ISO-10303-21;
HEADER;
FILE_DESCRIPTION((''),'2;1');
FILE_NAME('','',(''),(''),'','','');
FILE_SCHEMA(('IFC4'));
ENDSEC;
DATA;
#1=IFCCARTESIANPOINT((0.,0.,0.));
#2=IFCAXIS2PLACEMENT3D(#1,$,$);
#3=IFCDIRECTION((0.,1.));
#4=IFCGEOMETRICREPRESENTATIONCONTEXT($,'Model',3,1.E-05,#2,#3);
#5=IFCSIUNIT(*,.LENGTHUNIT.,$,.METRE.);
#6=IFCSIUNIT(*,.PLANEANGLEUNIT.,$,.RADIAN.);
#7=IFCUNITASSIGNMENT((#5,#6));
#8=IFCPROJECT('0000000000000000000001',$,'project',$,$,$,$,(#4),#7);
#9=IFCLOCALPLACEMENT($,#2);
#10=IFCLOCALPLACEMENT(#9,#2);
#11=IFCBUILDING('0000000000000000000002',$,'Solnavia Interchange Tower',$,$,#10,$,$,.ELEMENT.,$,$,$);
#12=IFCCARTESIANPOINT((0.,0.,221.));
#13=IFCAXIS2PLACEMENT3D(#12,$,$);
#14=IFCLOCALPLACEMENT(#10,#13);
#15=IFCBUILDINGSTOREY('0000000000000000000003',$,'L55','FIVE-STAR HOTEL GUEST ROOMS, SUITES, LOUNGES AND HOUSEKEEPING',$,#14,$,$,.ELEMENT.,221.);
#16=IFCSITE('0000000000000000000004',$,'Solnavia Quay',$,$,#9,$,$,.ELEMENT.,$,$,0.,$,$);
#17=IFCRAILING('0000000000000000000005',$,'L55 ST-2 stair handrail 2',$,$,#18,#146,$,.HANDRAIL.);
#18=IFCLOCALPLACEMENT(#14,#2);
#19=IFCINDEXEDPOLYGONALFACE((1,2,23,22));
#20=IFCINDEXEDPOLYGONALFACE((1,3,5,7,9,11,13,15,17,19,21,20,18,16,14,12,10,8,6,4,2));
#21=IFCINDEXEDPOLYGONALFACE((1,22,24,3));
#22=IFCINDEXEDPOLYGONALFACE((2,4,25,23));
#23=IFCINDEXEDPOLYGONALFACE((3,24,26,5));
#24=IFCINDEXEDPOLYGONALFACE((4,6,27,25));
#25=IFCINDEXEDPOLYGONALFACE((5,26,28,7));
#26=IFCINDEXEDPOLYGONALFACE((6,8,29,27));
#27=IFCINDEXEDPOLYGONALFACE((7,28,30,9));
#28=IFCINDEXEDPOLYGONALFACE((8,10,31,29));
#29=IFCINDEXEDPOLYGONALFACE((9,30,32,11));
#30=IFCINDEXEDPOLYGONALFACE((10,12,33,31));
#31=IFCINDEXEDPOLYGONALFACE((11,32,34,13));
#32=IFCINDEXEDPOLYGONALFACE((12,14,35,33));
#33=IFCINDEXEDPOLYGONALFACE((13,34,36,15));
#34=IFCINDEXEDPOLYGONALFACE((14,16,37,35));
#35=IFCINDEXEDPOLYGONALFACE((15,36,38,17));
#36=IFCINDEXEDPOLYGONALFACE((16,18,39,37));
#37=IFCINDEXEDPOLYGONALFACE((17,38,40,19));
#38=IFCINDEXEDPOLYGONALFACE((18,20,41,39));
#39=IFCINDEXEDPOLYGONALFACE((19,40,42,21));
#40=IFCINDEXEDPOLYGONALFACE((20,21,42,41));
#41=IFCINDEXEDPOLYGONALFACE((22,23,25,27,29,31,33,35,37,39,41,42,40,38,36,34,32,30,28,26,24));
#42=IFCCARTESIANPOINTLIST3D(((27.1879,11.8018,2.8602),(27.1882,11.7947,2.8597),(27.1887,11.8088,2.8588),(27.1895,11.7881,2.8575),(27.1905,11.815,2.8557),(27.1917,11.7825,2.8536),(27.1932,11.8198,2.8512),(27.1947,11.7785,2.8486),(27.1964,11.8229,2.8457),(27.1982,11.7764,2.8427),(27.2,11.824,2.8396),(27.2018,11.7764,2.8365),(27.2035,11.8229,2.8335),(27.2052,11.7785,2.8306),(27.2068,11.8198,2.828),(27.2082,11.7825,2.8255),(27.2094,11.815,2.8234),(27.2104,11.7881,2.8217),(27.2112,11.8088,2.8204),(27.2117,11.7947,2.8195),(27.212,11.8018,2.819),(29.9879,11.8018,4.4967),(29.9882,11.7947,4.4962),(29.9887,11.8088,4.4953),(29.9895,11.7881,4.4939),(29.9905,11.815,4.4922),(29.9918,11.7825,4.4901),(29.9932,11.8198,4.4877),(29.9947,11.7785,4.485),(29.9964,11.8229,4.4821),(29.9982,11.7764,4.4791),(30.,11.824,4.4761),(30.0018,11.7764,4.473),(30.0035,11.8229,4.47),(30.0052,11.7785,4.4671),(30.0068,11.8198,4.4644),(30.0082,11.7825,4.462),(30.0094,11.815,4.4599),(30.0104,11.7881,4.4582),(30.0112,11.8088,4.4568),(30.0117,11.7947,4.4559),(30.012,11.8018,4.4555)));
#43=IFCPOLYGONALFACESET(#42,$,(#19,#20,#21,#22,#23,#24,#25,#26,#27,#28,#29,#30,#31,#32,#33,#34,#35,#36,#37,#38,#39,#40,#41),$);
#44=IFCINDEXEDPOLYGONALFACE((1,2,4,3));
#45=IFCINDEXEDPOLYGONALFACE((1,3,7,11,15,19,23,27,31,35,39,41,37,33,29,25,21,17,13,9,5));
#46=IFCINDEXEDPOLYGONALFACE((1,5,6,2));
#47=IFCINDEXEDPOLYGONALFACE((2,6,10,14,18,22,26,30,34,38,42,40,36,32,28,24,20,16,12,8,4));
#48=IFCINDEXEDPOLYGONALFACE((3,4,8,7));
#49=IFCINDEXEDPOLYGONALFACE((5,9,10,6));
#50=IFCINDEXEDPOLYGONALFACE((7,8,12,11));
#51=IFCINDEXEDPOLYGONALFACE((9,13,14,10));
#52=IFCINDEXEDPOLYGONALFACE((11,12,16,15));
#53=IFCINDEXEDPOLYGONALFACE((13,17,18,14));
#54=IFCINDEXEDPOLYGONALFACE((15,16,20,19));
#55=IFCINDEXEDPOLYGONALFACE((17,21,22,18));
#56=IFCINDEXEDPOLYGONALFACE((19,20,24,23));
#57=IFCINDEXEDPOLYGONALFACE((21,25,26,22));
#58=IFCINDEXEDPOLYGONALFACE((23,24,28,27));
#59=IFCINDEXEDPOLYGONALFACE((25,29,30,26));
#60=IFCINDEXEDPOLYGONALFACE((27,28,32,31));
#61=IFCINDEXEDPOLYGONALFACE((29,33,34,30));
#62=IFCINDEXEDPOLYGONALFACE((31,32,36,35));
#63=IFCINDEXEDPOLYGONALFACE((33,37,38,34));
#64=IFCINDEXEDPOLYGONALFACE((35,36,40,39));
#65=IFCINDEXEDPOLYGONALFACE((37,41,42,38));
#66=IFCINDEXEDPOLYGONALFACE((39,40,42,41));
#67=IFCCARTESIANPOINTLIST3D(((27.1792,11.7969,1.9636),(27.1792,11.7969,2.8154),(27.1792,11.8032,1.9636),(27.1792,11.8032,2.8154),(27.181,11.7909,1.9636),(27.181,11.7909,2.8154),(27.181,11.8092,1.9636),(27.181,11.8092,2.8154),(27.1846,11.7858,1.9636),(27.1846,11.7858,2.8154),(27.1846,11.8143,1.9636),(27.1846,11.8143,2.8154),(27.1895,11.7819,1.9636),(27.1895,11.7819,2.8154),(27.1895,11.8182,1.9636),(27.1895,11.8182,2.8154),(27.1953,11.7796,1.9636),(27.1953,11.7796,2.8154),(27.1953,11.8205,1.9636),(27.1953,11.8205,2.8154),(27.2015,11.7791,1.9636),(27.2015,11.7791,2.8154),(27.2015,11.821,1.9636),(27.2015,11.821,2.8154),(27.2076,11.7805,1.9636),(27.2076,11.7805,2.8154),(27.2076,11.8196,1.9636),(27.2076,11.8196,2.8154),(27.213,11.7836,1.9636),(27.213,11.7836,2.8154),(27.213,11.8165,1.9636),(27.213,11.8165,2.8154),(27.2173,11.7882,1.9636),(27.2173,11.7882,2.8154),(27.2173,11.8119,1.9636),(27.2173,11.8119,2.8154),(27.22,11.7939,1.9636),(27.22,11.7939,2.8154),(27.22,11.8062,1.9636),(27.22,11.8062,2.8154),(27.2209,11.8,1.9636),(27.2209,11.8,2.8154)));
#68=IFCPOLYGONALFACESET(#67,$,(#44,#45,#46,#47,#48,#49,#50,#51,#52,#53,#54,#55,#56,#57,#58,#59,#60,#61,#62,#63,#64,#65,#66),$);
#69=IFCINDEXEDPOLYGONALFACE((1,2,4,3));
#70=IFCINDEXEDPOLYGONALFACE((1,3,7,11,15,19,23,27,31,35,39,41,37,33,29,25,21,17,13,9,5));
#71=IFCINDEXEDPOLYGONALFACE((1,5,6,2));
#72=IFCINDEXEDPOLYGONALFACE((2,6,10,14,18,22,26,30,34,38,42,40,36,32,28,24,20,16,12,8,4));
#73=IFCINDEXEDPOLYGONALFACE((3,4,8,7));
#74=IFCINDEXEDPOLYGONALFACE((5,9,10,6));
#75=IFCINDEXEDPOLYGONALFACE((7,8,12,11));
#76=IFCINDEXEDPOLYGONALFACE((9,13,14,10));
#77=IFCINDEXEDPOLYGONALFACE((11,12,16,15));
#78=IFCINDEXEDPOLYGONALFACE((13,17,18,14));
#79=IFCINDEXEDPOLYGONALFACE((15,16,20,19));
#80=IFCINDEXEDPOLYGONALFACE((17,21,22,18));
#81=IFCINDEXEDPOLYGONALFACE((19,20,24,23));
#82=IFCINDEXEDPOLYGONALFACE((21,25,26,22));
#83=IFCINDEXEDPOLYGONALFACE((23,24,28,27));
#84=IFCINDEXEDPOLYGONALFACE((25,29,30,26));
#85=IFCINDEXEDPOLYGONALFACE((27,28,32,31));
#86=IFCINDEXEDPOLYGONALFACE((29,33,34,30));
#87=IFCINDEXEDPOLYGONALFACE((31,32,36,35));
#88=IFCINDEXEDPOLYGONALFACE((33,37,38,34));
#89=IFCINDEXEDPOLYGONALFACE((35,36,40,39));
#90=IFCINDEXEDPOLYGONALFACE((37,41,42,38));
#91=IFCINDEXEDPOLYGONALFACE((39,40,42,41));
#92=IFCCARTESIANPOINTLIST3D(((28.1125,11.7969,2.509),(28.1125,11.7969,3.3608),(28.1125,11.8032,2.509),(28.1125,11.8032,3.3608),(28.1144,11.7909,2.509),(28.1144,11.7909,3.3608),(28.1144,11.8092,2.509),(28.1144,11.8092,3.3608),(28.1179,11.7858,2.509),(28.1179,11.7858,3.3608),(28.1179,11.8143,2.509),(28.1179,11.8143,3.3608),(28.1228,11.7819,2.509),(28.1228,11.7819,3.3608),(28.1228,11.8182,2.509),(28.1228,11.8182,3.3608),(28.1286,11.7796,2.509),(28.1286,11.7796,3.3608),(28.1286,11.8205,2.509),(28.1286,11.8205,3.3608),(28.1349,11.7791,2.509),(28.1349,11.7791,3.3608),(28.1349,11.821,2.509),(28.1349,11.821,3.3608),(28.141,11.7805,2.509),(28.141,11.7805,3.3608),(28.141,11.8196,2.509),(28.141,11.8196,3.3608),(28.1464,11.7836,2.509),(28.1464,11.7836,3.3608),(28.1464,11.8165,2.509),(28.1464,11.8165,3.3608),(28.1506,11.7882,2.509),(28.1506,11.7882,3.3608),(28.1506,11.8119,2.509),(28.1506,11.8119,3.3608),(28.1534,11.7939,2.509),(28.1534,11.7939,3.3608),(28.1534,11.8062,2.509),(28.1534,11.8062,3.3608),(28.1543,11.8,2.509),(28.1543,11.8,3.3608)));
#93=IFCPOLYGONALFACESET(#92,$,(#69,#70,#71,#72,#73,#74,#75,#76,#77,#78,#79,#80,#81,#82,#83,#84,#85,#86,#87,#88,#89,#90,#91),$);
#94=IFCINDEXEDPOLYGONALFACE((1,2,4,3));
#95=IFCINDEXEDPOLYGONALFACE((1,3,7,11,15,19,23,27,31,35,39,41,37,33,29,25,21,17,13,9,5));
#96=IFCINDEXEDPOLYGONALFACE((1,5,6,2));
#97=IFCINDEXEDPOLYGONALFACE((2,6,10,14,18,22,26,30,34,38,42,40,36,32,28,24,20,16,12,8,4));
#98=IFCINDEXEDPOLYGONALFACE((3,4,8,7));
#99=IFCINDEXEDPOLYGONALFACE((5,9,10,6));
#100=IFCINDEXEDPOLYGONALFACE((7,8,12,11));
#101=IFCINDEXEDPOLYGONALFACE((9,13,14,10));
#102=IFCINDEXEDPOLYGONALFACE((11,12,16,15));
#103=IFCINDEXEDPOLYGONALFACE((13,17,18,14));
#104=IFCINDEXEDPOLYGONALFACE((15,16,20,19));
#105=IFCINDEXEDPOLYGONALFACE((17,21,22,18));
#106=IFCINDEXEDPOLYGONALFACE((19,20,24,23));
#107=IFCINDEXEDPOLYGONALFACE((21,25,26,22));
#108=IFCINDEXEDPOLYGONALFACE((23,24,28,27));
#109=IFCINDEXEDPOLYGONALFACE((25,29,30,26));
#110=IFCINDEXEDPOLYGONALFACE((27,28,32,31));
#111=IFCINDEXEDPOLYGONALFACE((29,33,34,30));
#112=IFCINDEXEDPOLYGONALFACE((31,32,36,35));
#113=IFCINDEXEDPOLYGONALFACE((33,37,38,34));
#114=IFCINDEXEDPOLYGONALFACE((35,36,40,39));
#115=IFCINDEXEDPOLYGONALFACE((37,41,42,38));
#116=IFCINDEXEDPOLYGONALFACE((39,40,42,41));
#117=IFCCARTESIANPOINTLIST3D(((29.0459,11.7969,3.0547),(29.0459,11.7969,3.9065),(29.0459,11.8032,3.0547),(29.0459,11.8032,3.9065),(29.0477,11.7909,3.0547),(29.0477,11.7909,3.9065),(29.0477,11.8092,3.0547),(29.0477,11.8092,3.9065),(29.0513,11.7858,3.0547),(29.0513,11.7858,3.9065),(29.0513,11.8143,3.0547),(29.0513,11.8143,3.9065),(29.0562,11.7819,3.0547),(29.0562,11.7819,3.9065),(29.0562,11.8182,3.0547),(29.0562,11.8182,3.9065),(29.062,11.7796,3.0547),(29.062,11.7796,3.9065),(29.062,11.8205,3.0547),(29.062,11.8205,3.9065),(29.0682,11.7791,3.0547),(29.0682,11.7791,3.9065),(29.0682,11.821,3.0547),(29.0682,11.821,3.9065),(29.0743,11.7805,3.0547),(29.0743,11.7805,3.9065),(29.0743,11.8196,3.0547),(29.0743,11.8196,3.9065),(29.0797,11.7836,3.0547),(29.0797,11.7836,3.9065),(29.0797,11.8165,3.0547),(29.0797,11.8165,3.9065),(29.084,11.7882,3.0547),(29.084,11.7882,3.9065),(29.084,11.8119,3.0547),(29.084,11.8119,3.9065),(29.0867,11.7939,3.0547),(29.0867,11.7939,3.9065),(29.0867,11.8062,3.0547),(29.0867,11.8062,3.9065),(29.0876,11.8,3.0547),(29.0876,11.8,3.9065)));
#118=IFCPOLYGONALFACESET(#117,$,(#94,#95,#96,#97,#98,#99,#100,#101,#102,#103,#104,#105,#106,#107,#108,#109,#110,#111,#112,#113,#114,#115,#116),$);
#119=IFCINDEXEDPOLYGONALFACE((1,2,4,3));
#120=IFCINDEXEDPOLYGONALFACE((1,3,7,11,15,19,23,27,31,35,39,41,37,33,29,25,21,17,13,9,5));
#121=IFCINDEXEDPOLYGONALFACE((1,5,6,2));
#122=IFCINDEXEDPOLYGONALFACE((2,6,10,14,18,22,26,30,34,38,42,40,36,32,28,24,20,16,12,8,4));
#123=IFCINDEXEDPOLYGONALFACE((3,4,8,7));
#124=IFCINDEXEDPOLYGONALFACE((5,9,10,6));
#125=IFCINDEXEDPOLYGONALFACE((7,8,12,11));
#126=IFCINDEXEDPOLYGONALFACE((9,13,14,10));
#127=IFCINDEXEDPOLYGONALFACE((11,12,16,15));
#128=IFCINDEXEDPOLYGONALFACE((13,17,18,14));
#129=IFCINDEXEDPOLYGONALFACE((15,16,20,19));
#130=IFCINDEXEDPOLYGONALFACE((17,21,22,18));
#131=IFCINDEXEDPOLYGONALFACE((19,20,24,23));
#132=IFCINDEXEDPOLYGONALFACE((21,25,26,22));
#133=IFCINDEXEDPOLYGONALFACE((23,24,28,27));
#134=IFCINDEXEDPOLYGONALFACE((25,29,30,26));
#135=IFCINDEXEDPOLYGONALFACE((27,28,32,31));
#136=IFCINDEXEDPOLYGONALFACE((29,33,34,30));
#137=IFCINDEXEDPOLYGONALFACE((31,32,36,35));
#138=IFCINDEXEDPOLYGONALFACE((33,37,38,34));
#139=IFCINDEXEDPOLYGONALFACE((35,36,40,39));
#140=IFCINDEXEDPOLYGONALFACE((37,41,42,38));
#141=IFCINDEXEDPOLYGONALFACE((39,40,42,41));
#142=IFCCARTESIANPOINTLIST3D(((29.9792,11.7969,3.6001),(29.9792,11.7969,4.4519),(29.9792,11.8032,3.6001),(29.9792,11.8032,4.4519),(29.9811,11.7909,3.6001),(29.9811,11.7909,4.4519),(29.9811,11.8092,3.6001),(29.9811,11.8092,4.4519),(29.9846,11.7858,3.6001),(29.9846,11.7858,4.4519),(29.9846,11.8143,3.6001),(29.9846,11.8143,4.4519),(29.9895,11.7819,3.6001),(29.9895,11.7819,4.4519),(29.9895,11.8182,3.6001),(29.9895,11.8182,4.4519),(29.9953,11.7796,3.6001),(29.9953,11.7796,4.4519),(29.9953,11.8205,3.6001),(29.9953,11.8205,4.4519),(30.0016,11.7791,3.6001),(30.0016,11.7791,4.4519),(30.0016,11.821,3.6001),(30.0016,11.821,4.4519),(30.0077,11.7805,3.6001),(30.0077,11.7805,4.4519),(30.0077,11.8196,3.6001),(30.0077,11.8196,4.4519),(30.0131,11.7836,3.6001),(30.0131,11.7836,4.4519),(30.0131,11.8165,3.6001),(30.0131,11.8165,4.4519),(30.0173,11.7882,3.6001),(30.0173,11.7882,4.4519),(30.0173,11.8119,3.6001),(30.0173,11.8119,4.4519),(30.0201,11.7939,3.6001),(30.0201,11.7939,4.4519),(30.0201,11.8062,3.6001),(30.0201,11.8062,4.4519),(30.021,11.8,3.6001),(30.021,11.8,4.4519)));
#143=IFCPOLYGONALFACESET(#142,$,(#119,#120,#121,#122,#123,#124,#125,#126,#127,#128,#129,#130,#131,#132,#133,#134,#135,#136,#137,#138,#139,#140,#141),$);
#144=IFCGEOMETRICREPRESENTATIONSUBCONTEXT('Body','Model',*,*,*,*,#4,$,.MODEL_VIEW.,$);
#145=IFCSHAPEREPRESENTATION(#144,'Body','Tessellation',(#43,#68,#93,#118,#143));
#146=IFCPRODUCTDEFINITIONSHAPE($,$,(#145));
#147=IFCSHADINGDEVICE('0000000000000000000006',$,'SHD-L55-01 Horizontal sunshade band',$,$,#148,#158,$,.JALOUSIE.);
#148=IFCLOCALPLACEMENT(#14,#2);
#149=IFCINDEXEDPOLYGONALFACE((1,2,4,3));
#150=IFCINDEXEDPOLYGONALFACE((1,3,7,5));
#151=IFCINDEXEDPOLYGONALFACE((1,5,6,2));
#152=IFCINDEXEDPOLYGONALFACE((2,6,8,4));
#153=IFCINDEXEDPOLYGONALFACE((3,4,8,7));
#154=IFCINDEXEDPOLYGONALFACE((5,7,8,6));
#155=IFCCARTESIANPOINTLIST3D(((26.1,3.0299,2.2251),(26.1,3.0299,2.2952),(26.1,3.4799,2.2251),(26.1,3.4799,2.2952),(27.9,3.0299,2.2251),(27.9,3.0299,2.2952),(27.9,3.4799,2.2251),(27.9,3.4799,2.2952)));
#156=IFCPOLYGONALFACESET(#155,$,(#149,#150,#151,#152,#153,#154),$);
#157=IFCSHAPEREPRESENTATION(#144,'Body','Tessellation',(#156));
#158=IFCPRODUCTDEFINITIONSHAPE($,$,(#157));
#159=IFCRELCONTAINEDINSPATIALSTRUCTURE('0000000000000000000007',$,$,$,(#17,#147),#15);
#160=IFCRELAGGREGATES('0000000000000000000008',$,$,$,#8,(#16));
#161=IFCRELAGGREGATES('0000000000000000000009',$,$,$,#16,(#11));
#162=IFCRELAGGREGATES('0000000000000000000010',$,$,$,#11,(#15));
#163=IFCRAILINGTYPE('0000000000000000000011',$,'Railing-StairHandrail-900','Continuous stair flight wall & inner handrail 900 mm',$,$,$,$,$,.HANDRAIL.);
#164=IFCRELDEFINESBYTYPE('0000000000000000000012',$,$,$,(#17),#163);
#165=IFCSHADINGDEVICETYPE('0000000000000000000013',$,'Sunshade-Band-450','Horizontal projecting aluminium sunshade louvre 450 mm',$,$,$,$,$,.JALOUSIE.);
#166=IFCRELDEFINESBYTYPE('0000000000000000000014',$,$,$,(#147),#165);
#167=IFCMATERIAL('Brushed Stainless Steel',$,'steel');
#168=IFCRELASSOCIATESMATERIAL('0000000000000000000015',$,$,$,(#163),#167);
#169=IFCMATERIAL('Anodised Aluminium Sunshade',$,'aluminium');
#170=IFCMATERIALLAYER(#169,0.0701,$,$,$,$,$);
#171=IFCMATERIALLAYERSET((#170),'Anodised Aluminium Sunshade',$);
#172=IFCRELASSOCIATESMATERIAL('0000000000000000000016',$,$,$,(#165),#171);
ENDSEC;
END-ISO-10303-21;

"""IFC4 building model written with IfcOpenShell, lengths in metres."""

from ifc_helpers import new_model, si_unit, direction, frame, origin, origin_2d, place, context, subcontext, project, spatial, rectangle, circle, extrude, material, layer, layer_set, type_object, element, save


model = new_model("IFC4")

# Units and contexts
model_context = context("Model", 3, precision=1e-05, world=origin(), true_north=direction((0.0, 1.0)))
body_context = subcontext(model_context, "Body", "Model", "MODEL_VIEW")
ifc_project = project(units=[si_unit("LENGTHUNIT", "METRE"), si_unit("PLANEANGLEUNIT", "RADIAN")], contexts=[model_context])

# Site, building, storey
site_placement = place(None, origin())
site = spatial("IfcSite", under=ifc_project, at=site_placement, Name="Solnavia Quay", CompositionType="ELEMENT", RefElevation=0.0)
building_placement = place(site_placement, origin())
building = spatial("IfcBuilding", under=site, at=building_placement, Name="Solnavia Interchange Tower", CompositionType="ELEMENT")
storey_placement = place(building_placement, frame((0.0, 0.0, 221.0)))
storey = spatial("IfcBuildingStorey", under=building, at=storey_placement, Name="L55", Description="FIVE-STAR HOTEL GUEST ROOMS, SUITES, LOUNGES AND HOUSEKEEPING", CompositionType="ELEMENT", Elevation=221.0)

# Railing
ifc_material_1 = material(Name="Brushed Stainless Steel", Category="steel")
railing_type_1 = type_object("IfcRailingType", Name="Railing-StairHandrail-900", Description="Continuous stair flight wall & inner handrail 900 mm", PredefinedType="HANDRAIL", material=ifc_material_1)
railing_1_placement = place(storey_placement, frame((27.2, 11.8, 1.9636)))
element("IfcRailing", 1, at=railing_1_placement, inside=storey, type_object=railing_type_1, Name="L55 ST-2 stair handrail 2", PredefinedType="HANDRAIL", context=body_context, shape_type="SweptSolid", body=[
    extrude(circle(Radius=0.0239, at=origin_2d()), frame((0.0, 0.0, 0.876), z_axis=(0.863361, 0.0, 0.504587), x_axis=(0.0, 1.0, 0.0)), (0.0, 0.0, 1.0), 3.2432),
    extrude(circle(Radius=0.021, at=origin_2d()), origin(), (0.0, 0.0, 1.0), 0.8518),
    extrude(circle(Radius=0.021, at=origin_2d()), frame((0.9333, 0.0, 0.5454)), (0.0, 0.0, 1.0), 0.8518),
    extrude(circle(Radius=0.021, at=origin_2d()), frame((1.8667, 0.0, 1.0911)), (0.0, 0.0, 1.0), 0.8518),
    extrude(circle(Radius=0.021, at=origin_2d()), frame((2.8, 0.0, 1.6365)), (0.0, 0.0, 1.0), 0.8518),
])

# Shading device
ifc_material_2 = material(Name="Anodised Aluminium Sunshade", Category="aluminium")
ifc_layer_1 = layer(ifc_material_2, 0.0701)
ifc_layer_set_1 = layer_set([ifc_layer_1], Name="Anodised Aluminium Sunshade")
shading_device_type = type_object("IfcShadingDeviceType", Name="Sunshade-Band-450", Description="Horizontal projecting aluminium sunshade louvre 450 mm", PredefinedType="JALOUSIE", material=ifc_layer_set_1)
shading_device_placement = place(storey_placement, frame((27.0, 3.2549, 2.2251), z_axis=(0.0, 0.0, 1.0), x_axis=(-1.0, 0.0, 0.0)))
element("IfcShadingDevice", 2, at=shading_device_placement, inside=storey, type_object=shading_device_type, Name="SHD-L55-01 Horizontal sunshade band", PredefinedType="JALOUSIE", context=body_context, shape_type="SweptSolid", body=[
    extrude(rectangle(XDim=1.8, YDim=0.45, at=origin_2d()), origin(), (0.0, 0.0, 1.0), 0.0701),
])

save(model, "model.ifc")
